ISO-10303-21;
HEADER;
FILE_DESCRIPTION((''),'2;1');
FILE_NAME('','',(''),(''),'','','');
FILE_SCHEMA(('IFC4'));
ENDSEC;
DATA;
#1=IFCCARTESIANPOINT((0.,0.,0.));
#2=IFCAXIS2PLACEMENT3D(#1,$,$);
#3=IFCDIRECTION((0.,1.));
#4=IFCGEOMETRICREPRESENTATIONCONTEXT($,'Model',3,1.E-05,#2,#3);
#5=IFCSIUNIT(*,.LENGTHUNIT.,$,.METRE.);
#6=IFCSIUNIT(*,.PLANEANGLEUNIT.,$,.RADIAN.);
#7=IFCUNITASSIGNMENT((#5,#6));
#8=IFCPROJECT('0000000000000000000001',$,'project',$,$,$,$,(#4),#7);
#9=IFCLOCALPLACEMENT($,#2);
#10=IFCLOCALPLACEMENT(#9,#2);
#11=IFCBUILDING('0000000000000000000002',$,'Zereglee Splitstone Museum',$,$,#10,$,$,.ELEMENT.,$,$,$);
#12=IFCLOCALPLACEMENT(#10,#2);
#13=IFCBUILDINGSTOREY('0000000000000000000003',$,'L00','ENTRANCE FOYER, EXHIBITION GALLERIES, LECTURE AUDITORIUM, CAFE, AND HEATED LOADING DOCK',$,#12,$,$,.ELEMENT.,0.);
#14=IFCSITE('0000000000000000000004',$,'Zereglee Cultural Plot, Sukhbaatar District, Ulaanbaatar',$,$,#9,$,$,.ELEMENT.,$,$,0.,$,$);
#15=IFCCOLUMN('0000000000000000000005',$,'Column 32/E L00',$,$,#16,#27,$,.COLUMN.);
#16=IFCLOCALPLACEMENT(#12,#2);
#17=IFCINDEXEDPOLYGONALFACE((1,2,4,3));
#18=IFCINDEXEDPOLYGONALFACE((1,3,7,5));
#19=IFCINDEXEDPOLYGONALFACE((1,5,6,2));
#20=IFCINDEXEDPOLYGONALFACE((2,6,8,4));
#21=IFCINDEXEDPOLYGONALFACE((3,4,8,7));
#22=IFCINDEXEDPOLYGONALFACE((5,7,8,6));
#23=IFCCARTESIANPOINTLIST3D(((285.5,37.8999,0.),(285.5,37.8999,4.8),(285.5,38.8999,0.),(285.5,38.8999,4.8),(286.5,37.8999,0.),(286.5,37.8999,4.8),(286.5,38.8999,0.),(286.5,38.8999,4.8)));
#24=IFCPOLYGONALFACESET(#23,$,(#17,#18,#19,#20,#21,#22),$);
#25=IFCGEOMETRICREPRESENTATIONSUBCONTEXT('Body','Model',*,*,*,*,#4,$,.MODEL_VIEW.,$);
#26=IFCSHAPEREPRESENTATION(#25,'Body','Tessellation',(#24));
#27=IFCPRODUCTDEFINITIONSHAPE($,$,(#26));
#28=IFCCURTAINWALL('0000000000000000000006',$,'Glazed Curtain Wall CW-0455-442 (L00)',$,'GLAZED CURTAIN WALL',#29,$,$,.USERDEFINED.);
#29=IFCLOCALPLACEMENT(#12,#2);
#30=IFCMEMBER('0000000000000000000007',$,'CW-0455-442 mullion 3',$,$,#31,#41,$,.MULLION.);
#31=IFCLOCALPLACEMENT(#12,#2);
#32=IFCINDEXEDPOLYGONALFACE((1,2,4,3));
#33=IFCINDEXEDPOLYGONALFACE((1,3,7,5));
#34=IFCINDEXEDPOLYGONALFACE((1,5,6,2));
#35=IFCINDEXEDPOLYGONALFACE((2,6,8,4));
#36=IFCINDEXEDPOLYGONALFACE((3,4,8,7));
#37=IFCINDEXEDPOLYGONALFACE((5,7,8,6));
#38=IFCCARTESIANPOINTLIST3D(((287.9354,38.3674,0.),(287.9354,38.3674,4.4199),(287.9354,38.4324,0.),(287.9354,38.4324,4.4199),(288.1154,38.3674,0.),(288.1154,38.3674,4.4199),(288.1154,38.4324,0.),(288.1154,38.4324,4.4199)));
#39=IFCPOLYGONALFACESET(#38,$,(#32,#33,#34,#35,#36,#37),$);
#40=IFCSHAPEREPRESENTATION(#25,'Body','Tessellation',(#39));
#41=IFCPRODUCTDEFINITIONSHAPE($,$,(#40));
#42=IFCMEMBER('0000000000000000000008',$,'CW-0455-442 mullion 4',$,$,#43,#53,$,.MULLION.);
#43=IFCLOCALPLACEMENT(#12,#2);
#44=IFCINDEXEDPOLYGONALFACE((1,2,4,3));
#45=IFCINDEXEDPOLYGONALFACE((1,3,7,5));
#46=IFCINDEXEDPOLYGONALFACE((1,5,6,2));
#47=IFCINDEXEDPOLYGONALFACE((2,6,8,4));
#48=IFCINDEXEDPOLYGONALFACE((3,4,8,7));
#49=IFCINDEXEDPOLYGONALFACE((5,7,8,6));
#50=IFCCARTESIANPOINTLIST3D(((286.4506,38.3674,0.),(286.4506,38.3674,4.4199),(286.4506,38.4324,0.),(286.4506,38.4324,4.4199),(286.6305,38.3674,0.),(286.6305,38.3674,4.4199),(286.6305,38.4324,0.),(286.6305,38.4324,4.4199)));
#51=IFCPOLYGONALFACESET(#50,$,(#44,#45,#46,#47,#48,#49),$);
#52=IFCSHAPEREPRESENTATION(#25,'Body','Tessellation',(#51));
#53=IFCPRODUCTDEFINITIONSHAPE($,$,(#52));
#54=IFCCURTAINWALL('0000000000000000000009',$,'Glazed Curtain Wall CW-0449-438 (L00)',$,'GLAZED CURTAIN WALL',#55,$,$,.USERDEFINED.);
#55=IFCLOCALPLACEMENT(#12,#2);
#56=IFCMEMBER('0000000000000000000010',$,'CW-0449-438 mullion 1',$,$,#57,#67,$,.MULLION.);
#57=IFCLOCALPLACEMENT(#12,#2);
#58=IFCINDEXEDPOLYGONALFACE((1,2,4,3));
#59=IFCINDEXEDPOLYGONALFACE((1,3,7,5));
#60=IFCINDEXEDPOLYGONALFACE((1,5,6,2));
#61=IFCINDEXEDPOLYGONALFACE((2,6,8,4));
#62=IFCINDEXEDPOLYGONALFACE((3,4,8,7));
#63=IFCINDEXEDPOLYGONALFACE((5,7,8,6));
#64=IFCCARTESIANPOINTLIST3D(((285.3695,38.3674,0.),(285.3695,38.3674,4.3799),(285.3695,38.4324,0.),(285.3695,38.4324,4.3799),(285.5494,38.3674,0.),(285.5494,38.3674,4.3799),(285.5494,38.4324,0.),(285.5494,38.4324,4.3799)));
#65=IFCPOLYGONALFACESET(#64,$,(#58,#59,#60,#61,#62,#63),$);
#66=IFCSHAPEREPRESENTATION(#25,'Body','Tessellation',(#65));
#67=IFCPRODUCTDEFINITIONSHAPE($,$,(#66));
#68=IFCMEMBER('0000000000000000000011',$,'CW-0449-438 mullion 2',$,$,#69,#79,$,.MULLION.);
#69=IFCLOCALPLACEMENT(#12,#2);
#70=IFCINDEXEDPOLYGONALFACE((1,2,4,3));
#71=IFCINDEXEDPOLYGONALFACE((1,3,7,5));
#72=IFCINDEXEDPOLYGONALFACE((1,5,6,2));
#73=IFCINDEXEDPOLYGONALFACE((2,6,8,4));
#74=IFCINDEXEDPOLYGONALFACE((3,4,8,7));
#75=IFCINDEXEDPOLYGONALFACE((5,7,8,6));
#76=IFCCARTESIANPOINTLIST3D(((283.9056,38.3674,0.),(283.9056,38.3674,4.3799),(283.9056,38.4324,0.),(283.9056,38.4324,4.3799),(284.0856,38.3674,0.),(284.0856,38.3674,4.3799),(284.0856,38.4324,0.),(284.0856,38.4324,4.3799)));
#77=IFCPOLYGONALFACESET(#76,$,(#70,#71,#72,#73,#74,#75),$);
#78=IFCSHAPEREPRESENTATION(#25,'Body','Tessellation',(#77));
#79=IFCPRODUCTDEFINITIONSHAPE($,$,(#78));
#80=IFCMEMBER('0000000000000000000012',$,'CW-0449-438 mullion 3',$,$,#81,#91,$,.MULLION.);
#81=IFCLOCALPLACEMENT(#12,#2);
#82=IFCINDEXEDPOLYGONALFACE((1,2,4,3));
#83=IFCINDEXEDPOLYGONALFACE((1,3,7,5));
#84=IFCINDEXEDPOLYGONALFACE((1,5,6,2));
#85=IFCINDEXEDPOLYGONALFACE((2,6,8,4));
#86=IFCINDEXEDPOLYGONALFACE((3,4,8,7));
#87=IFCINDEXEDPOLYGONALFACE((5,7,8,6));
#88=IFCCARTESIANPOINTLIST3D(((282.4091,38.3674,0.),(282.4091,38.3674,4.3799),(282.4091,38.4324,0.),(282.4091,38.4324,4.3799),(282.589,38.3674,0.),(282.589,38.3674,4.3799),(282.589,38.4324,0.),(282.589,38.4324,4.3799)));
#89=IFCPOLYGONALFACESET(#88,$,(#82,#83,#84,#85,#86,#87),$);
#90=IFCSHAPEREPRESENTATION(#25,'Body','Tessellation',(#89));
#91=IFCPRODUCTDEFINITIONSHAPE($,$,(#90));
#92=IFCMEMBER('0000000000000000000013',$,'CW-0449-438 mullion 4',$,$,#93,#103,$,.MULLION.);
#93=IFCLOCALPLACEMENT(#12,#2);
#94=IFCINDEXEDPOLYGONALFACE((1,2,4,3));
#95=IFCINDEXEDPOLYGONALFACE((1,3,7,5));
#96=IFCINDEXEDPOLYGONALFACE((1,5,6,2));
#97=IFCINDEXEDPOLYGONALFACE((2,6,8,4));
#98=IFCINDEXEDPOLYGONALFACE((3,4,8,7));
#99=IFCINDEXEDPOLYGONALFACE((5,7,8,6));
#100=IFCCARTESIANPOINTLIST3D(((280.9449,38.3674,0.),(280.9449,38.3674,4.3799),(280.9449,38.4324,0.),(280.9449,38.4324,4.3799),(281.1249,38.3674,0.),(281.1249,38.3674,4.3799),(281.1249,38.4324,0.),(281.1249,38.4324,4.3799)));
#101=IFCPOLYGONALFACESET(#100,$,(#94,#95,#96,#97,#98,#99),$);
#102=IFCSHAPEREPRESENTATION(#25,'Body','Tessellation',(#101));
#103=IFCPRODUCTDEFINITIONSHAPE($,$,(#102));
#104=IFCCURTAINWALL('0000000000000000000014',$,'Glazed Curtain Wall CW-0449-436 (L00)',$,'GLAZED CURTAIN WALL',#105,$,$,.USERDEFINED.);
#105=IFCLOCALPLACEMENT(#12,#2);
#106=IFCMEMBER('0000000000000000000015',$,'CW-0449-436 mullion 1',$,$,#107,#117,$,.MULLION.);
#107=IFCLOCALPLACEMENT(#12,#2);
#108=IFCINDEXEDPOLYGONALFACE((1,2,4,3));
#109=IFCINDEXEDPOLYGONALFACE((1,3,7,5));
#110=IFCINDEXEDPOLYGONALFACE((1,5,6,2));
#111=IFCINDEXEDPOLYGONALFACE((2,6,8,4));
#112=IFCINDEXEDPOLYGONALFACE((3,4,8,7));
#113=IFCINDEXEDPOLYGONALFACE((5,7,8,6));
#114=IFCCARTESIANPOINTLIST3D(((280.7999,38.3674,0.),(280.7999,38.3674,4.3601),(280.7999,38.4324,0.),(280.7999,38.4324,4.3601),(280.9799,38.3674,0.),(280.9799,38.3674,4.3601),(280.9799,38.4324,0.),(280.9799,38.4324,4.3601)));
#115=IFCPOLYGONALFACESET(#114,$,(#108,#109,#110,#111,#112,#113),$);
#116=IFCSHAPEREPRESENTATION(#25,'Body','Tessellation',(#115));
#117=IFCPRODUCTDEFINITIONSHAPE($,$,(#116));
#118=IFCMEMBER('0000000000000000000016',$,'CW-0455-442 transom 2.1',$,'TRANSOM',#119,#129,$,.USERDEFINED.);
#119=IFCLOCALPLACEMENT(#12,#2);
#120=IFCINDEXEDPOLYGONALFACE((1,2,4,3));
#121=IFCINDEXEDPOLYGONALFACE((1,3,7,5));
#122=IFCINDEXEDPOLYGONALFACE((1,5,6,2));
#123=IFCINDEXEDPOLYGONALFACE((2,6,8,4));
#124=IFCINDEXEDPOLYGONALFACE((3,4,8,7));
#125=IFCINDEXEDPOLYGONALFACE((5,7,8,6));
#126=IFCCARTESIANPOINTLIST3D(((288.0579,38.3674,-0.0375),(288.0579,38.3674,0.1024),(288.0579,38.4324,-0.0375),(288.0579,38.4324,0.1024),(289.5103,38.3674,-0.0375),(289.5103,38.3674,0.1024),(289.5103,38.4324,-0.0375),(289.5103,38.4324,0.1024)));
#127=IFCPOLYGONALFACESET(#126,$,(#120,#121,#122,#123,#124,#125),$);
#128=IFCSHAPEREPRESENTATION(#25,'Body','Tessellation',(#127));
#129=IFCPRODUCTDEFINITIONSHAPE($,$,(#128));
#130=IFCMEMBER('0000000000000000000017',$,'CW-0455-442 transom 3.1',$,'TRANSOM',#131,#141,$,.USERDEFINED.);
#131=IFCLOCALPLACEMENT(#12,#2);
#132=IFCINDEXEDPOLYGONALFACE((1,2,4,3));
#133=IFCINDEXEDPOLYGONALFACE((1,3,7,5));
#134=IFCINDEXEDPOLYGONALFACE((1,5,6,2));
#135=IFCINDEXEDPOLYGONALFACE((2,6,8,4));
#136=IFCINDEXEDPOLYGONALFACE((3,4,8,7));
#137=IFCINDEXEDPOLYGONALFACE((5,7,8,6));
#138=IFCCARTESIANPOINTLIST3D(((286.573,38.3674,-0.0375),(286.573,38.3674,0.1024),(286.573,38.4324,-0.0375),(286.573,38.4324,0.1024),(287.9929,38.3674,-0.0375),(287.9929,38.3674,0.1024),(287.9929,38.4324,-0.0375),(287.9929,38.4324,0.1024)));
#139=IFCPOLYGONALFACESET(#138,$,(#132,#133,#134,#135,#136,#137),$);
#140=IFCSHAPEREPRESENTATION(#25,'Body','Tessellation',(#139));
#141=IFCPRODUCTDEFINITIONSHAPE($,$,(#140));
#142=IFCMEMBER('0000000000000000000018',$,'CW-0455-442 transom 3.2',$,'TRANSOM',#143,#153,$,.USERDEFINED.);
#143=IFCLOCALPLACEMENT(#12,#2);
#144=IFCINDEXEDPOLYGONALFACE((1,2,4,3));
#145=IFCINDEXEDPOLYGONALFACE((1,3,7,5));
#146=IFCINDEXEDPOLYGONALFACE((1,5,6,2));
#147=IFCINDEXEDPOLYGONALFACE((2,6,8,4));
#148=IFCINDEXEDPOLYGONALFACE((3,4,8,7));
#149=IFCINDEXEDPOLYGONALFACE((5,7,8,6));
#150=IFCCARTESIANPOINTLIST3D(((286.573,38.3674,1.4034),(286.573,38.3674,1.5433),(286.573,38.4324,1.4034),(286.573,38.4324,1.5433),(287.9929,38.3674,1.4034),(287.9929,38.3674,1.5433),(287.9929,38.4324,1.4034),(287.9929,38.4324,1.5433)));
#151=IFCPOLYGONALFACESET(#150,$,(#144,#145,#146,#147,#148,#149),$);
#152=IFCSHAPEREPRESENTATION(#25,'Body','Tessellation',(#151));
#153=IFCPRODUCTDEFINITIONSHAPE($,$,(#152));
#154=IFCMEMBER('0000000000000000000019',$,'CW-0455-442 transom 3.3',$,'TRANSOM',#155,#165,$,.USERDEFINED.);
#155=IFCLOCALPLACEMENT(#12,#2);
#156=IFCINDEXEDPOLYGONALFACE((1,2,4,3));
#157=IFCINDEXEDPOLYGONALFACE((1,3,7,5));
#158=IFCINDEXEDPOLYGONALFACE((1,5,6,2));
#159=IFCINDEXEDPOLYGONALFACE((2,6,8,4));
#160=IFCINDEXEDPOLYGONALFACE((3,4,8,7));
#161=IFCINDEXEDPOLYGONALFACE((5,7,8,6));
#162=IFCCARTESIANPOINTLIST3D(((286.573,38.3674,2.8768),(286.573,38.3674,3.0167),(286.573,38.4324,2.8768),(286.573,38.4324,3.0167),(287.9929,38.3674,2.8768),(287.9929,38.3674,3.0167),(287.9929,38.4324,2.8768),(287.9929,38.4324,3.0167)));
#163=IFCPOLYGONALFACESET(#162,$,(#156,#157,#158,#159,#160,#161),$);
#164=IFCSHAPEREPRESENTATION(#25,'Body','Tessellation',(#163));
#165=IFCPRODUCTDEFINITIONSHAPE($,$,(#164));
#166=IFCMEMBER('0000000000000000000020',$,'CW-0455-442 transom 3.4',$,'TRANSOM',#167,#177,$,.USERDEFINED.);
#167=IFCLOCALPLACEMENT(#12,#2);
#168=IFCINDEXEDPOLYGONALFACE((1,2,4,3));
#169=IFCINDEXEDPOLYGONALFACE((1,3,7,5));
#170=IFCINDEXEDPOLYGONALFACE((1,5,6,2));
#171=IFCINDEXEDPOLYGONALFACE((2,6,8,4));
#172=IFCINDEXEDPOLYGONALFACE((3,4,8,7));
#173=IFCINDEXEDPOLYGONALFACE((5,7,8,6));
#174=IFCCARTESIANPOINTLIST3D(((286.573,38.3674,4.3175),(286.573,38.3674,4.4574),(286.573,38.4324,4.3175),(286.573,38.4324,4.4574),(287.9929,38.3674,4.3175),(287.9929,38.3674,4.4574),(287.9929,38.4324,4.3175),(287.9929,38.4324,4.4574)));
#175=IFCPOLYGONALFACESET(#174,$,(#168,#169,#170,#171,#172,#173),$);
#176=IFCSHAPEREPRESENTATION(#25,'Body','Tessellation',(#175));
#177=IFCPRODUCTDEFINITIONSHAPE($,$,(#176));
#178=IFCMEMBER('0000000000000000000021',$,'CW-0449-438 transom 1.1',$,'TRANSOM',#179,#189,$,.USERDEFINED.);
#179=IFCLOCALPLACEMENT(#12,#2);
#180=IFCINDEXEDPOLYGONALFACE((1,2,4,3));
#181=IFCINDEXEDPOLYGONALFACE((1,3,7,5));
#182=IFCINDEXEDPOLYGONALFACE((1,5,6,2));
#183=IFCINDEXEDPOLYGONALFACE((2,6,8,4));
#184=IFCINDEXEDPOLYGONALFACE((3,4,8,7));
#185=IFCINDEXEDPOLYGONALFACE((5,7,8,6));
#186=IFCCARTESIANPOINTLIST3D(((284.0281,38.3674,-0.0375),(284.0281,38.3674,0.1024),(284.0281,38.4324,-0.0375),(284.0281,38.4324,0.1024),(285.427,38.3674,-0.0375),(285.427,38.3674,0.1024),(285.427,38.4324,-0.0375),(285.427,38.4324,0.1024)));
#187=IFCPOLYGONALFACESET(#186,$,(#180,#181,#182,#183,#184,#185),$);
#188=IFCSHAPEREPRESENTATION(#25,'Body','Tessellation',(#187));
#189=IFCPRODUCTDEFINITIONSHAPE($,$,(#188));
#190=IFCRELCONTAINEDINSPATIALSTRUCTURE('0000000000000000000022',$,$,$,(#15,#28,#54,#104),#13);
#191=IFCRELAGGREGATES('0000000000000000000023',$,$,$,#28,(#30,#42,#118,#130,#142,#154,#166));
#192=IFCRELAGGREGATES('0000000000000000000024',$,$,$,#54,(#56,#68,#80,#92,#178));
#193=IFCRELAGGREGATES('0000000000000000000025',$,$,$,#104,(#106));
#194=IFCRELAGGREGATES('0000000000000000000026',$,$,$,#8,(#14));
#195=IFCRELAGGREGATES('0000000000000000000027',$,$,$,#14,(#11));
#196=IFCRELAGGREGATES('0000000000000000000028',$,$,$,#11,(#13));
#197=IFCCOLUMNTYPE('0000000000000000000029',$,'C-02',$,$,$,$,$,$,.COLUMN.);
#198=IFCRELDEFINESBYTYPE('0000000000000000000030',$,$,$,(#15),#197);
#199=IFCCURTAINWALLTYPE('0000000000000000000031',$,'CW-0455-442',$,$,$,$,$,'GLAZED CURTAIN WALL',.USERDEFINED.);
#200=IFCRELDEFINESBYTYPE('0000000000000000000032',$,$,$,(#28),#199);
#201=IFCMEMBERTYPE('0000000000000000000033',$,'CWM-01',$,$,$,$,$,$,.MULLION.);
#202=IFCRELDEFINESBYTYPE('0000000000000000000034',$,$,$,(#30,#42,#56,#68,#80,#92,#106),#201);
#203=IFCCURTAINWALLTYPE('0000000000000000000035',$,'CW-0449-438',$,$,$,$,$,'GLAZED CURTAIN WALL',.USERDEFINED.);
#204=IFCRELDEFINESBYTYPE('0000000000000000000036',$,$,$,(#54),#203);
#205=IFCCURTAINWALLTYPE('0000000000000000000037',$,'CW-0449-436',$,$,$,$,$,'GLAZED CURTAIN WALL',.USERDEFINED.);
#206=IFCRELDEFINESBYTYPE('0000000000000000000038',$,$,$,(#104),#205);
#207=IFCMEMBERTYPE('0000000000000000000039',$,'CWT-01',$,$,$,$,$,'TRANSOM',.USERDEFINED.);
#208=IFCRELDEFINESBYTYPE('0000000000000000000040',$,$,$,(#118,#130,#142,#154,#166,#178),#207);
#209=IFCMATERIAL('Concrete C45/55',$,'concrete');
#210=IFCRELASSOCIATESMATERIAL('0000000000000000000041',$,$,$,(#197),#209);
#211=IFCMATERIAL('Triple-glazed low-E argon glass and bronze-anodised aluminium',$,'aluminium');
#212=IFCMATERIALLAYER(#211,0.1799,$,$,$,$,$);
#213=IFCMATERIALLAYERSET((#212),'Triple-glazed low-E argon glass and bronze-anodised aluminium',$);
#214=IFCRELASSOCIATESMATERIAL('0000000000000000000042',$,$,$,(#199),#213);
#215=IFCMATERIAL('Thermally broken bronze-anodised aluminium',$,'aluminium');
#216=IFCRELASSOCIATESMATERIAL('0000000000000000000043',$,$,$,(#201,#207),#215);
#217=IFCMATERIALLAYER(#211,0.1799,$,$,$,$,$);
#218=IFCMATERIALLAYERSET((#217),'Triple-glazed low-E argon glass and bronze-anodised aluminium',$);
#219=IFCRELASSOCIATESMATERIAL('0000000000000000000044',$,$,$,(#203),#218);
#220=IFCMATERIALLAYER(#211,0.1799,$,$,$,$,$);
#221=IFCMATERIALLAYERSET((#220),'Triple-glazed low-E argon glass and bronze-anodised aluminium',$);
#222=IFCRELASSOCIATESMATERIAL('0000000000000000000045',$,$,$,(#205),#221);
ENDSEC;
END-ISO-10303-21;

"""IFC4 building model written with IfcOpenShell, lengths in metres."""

from ifc_helpers import new_model, si_unit, direction, frame, origin, origin_2d, place, context, subcontext, project, spatial, rectangle, extrude, material, layer, layer_set, material_profile, profile_set, type_object, element, aggregate, save


model = new_model("IFC4")

# Units and contexts
model_context = context("Model", 3, precision=1e-05, world=origin(), true_north=direction((0.0, 1.0)))
body_context = subcontext(model_context, "Body", "Model", "MODEL_VIEW")
ifc_project = project(units=[si_unit("LENGTHUNIT", "METRE"), si_unit("PLANEANGLEUNIT", "RADIAN")], contexts=[model_context])

# Site, building, storey
site_placement = place(None, origin())
site = spatial("IfcSite", under=ifc_project, at=site_placement, Name="Zereglee Cultural Plot, Sukhbaatar District, Ulaanbaatar", CompositionType="ELEMENT", RefElevation=0.0)
building_placement = place(site_placement, origin())
building = spatial("IfcBuilding", under=site, at=building_placement, Name="Zereglee Splitstone Museum", CompositionType="ELEMENT")
storey_placement = place(building_placement, origin())
storey = spatial("IfcBuildingStorey", under=building, at=storey_placement, Name="L00", Description="ENTRANCE FOYER, EXHIBITION GALLERIES, LECTURE AUDITORIUM, CAFE, AND HEATED LOADING DOCK", CompositionType="ELEMENT", Elevation=0.0)

# Column
ifc_material_1 = material(Name="Concrete C45/55", Category="concrete")
ifc_material_profile_1 = material_profile(ifc_material_1, rectangle(XDim=1.0, YDim=1.0, at=origin_2d()), Name="RC 1000x1000")
ifc_profile_set_1 = profile_set([ifc_material_profile_1], Name="Concrete C45/55")
column_type = type_object("IfcColumnType", Name="C-02", PredefinedType="COLUMN", material=ifc_profile_set_1)
column_placement = place(storey_placement, frame((286.0, 38.3999, 0.0), z_axis=(0.0, 0.0, 1.0), x_axis=(1.0, 0.0, 0.0)))
element("IfcColumn", 1, at=column_placement, inside=storey, type_object=column_type, Name="Column 32/E L00", PredefinedType="COLUMN", context=body_context, shape_type="SweptSolid", body=[
    extrude(rectangle(XDim=1.0, YDim=1.0, at=origin_2d()), origin(), (0.0, 0.0, 1.0), 4.8),
])

# Curtain walls, members
ifc_material_2 = material(Name="Triple-glazed low-E argon glass and bronze-anodised aluminium", Category="aluminium")
ifc_layer_1 = layer(ifc_material_2, 0.1799)
ifc_layer_set_1 = layer_set([ifc_layer_1], Name="Triple-glazed low-E argon glass and bronze-anodised aluminium")
curtain_wall_type_1 = type_object("IfcCurtainWallType", Name="CW-0455-442", ElementType="GLAZED CURTAIN WALL", PredefinedType="USERDEFINED", material=ifc_layer_set_1)
curtain_wall_1_placement = place(storey_placement, origin())
curtain_wall_1 = element("IfcCurtainWall", 2, at=curtain_wall_1_placement, inside=storey, type_object=curtain_wall_type_1, Name="Glazed Curtain Wall CW-0455-442 (L00)", ObjectType="GLAZED CURTAIN WALL", PredefinedType="USERDEFINED")
ifc_material_3 = material(Name="Thermally broken bronze-anodised aluminium", Category="aluminium")
ifc_material_profile_2 = material_profile(ifc_material_3, rectangle(XDim=0.0649, YDim=0.1799, at=origin_2d()), Name="CW MULL 65x180")
ifc_profile_set_2 = profile_set([ifc_material_profile_2], Name="Thermally broken bronze-anodised aluminium")
member_type_1 = type_object("IfcMemberType", Name="CWM-01", PredefinedType="MULLION", material=ifc_profile_set_2)
member_1_placement = place(storey_placement, frame((288.0254, 38.3999, 0.0), z_axis=(0.0, 0.0, 1.0), x_axis=(0.0, -1.0, 0.0)))
member_1 = element("IfcMember", 3, at=member_1_placement, type_object=member_type_1, Name="CW-0455-442 mullion 3", PredefinedType="MULLION", context=body_context, shape_type="SweptSolid", body=[
    extrude(rectangle(XDim=0.0649, YDim=0.1799, at=origin_2d()), origin(), (0.0, 0.0, 1.0), 4.4199),
])
member_2_placement = place(storey_placement, frame((286.5405, 38.3999, 0.0), z_axis=(0.0, 0.0, 1.0), x_axis=(0.0, -1.0, 0.0)))
member_2 = element("IfcMember", 4, at=member_2_placement, type_object=member_type_1, Name="CW-0455-442 mullion 4", PredefinedType="MULLION", context=body_context, shape_type="SweptSolid", body=[
    extrude(rectangle(XDim=0.0649, YDim=0.1799, at=origin_2d()), origin(), (0.0, 0.0, 1.0), 4.4199),
])
ifc_layer_2 = layer(ifc_material_2, 0.1799)
ifc_layer_set_2 = layer_set([ifc_layer_2], Name="Triple-glazed low-E argon glass and bronze-anodised aluminium")
curtain_wall_type_2 = type_object("IfcCurtainWallType", Name="CW-0449-438", ElementType="GLAZED CURTAIN WALL", PredefinedType="USERDEFINED", material=ifc_layer_set_2)
curtain_wall_2_placement = place(storey_placement, origin())
curtain_wall_2 = element("IfcCurtainWall", 5, at=curtain_wall_2_placement, inside=storey, type_object=curtain_wall_type_2, Name="Glazed Curtain Wall CW-0449-438 (L00)", ObjectType="GLAZED CURTAIN WALL", PredefinedType="USERDEFINED")
member_3_placement = place(storey_placement, frame((285.4595, 38.3999, 0.0), z_axis=(0.0, 0.0, 1.0), x_axis=(0.0, -1.0, 0.0)))
member_3 = element("IfcMember", 6, at=member_3_placement, type_object=member_type_1, Name="CW-0449-438 mullion 1", PredefinedType="MULLION", context=body_context, shape_type="SweptSolid", body=[
    extrude(rectangle(XDim=0.0649, YDim=0.1799, at=origin_2d()), origin(), (0.0, 0.0, 1.0), 4.3799),
])
member_4_placement = place(storey_placement, frame((283.9956, 38.3999, 0.0), z_axis=(0.0, 0.0, 1.0), x_axis=(0.0, -1.0, 0.0)))
member_4 = element("IfcMember", 7, at=member_4_placement, type_object=member_type_1, Name="CW-0449-438 mullion 2", PredefinedType="MULLION", context=body_context, shape_type="SweptSolid", body=[
    extrude(rectangle(XDim=0.0649, YDim=0.1799, at=origin_2d()), origin(), (0.0, 0.0, 1.0), 4.3799),
])
member_5_placement = place(storey_placement, frame((282.499, 38.3999, 0.0), z_axis=(0.0, 0.0, 1.0), x_axis=(0.0, -1.0, 0.0)))
member_5 = element("IfcMember", 8, at=member_5_placement, type_object=member_type_1, Name="CW-0449-438 mullion 3", PredefinedType="MULLION", context=body_context, shape_type="SweptSolid", body=[
    extrude(rectangle(XDim=0.0649, YDim=0.1799, at=origin_2d()), origin(), (0.0, 0.0, 1.0), 4.3799),
])
member_6_placement = place(storey_placement, frame((281.0349, 38.3999, 0.0), z_axis=(0.0, 0.0, 1.0), x_axis=(0.0, -1.0, 0.0)))
member_6 = element("IfcMember", 9, at=member_6_placement, type_object=member_type_1, Name="CW-0449-438 mullion 4", PredefinedType="MULLION", context=body_context, shape_type="SweptSolid", body=[
    extrude(rectangle(XDim=0.0649, YDim=0.1799, at=origin_2d()), origin(), (0.0, 0.0, 1.0), 4.3799),
])

# Curtain wall, member
ifc_layer_3 = layer(ifc_material_2, 0.1799)
ifc_layer_set_3 = layer_set([ifc_layer_3], Name="Triple-glazed low-E argon glass and bronze-anodised aluminium")
curtain_wall_type_3 = type_object("IfcCurtainWallType", Name="CW-0449-436", ElementType="GLAZED CURTAIN WALL", PredefinedType="USERDEFINED", material=ifc_layer_set_3)
curtain_wall_3_placement = place(storey_placement, origin())
curtain_wall_3 = element("IfcCurtainWall", 10, at=curtain_wall_3_placement, inside=storey, type_object=curtain_wall_type_3, Name="Glazed Curtain Wall CW-0449-436 (L00)", ObjectType="GLAZED CURTAIN WALL", PredefinedType="USERDEFINED")
member_7_placement = place(storey_placement, frame((280.8899, 38.3999, 0.0), z_axis=(0.0, 0.0, 1.0), x_axis=(0.0, -1.0, 0.0)))
member_7 = element("IfcMember", 11, at=member_7_placement, type_object=member_type_1, Name="CW-0449-436 mullion 1", PredefinedType="MULLION", context=body_context, shape_type="SweptSolid", body=[
    extrude(rectangle(XDim=0.0649, YDim=0.1799, at=origin_2d()), origin(), (0.0, 0.0, 1.0), 4.3601),
])

# Members
ifc_material_profile_3 = material_profile(ifc_material_3, rectangle(XDim=0.0649, YDim=0.1399, at=origin_2d()), Name="CW TRAN 65x140")
ifc_profile_set_3 = profile_set([ifc_material_profile_3], Name="Thermally broken bronze-anodised aluminium")
member_type_2 = type_object("IfcMemberType", Name="CWT-01", ElementType="TRANSOM", PredefinedType="USERDEFINED", material=ifc_profile_set_3)
member_8_placement = place(storey_placement, frame((289.5103, 38.3999, 0.0325), z_axis=(-1.0, 0.0, 0.0), x_axis=(0.0, -1.0, 0.0)))
member_8 = element("IfcMember", 12, at=member_8_placement, type_object=member_type_2, Name="CW-0455-442 transom 2.1", ObjectType="TRANSOM", PredefinedType="USERDEFINED", context=body_context, shape_type="SweptSolid", body=[
    extrude(rectangle(XDim=0.0649, YDim=0.1399, at=origin_2d()), origin(), (0.0, 0.0, 1.0), 1.4524),
])
member_9_placement = place(storey_placement, frame((287.9929, 38.3999, 0.0325), z_axis=(-1.0, 0.0, 0.0), x_axis=(0.0, -1.0, 0.0)))
member_9 = element("IfcMember", 13, at=member_9_placement, type_object=member_type_2, Name="CW-0455-442 transom 3.1", ObjectType="TRANSOM", PredefinedType="USERDEFINED", context=body_context, shape_type="SweptSolid", body=[
    extrude(rectangle(XDim=0.0649, YDim=0.1399, at=origin_2d()), origin(), (0.0, 0.0, 1.0), 1.4199),
])
member_10_placement = place(storey_placement, frame((287.9929, 38.3999, 1.4734), z_axis=(-1.0, 0.0, 0.0), x_axis=(0.0, -1.0, 0.0)))
member_10 = element("IfcMember", 14, at=member_10_placement, type_object=member_type_2, Name="CW-0455-442 transom 3.2", ObjectType="TRANSOM", PredefinedType="USERDEFINED", context=body_context, shape_type="SweptSolid", body=[
    extrude(rectangle(XDim=0.0649, YDim=0.1399, at=origin_2d()), origin(), (0.0, 0.0, 1.0), 1.4199),
])
member_11_placement = place(storey_placement, frame((287.9929, 38.3999, 2.9468), z_axis=(-1.0, 0.0, 0.0), x_axis=(0.0, -1.0, 0.0)))
member_11 = element("IfcMember", 15, at=member_11_placement, type_object=member_type_2, Name="CW-0455-442 transom 3.3", ObjectType="TRANSOM", PredefinedType="USERDEFINED", context=body_context, shape_type="SweptSolid", body=[
    extrude(rectangle(XDim=0.0649, YDim=0.1399, at=origin_2d()), origin(), (0.0, 0.0, 1.0), 1.4199),
])
member_12_placement = place(storey_placement, frame((287.9929, 38.3999, 4.3875), z_axis=(-1.0, 0.0, 0.0), x_axis=(0.0, -1.0, 0.0)))
member_12 = element("IfcMember", 16, at=member_12_placement, type_object=member_type_2, Name="CW-0455-442 transom 3.4", ObjectType="TRANSOM", PredefinedType="USERDEFINED", context=body_context, shape_type="SweptSolid", body=[
    extrude(rectangle(XDim=0.0649, YDim=0.1399, at=origin_2d()), origin(), (0.0, 0.0, 1.0), 1.4199),
])
member_13_placement = place(storey_placement, frame((285.427, 38.3999, 0.0325), z_axis=(-1.0, 0.0, 0.0), x_axis=(0.0, -1.0, 0.0)))
member_13 = element("IfcMember", 17, at=member_13_placement, type_object=member_type_2, Name="CW-0449-438 transom 1.1", ObjectType="TRANSOM", PredefinedType="USERDEFINED", context=body_context, shape_type="SweptSolid", body=[
    extrude(rectangle(XDim=0.0649, YDim=0.1399, at=origin_2d()), origin(), (0.0, 0.0, 1.0), 1.3989),
])

aggregate(curtain_wall_1, [member_1, member_2, member_8, member_9, member_10, member_11, member_12])
aggregate(curtain_wall_2, [member_3, member_4, member_5, member_6, member_13])
aggregate(curtain_wall_3, [member_7])

save(model, "model.ifc")
